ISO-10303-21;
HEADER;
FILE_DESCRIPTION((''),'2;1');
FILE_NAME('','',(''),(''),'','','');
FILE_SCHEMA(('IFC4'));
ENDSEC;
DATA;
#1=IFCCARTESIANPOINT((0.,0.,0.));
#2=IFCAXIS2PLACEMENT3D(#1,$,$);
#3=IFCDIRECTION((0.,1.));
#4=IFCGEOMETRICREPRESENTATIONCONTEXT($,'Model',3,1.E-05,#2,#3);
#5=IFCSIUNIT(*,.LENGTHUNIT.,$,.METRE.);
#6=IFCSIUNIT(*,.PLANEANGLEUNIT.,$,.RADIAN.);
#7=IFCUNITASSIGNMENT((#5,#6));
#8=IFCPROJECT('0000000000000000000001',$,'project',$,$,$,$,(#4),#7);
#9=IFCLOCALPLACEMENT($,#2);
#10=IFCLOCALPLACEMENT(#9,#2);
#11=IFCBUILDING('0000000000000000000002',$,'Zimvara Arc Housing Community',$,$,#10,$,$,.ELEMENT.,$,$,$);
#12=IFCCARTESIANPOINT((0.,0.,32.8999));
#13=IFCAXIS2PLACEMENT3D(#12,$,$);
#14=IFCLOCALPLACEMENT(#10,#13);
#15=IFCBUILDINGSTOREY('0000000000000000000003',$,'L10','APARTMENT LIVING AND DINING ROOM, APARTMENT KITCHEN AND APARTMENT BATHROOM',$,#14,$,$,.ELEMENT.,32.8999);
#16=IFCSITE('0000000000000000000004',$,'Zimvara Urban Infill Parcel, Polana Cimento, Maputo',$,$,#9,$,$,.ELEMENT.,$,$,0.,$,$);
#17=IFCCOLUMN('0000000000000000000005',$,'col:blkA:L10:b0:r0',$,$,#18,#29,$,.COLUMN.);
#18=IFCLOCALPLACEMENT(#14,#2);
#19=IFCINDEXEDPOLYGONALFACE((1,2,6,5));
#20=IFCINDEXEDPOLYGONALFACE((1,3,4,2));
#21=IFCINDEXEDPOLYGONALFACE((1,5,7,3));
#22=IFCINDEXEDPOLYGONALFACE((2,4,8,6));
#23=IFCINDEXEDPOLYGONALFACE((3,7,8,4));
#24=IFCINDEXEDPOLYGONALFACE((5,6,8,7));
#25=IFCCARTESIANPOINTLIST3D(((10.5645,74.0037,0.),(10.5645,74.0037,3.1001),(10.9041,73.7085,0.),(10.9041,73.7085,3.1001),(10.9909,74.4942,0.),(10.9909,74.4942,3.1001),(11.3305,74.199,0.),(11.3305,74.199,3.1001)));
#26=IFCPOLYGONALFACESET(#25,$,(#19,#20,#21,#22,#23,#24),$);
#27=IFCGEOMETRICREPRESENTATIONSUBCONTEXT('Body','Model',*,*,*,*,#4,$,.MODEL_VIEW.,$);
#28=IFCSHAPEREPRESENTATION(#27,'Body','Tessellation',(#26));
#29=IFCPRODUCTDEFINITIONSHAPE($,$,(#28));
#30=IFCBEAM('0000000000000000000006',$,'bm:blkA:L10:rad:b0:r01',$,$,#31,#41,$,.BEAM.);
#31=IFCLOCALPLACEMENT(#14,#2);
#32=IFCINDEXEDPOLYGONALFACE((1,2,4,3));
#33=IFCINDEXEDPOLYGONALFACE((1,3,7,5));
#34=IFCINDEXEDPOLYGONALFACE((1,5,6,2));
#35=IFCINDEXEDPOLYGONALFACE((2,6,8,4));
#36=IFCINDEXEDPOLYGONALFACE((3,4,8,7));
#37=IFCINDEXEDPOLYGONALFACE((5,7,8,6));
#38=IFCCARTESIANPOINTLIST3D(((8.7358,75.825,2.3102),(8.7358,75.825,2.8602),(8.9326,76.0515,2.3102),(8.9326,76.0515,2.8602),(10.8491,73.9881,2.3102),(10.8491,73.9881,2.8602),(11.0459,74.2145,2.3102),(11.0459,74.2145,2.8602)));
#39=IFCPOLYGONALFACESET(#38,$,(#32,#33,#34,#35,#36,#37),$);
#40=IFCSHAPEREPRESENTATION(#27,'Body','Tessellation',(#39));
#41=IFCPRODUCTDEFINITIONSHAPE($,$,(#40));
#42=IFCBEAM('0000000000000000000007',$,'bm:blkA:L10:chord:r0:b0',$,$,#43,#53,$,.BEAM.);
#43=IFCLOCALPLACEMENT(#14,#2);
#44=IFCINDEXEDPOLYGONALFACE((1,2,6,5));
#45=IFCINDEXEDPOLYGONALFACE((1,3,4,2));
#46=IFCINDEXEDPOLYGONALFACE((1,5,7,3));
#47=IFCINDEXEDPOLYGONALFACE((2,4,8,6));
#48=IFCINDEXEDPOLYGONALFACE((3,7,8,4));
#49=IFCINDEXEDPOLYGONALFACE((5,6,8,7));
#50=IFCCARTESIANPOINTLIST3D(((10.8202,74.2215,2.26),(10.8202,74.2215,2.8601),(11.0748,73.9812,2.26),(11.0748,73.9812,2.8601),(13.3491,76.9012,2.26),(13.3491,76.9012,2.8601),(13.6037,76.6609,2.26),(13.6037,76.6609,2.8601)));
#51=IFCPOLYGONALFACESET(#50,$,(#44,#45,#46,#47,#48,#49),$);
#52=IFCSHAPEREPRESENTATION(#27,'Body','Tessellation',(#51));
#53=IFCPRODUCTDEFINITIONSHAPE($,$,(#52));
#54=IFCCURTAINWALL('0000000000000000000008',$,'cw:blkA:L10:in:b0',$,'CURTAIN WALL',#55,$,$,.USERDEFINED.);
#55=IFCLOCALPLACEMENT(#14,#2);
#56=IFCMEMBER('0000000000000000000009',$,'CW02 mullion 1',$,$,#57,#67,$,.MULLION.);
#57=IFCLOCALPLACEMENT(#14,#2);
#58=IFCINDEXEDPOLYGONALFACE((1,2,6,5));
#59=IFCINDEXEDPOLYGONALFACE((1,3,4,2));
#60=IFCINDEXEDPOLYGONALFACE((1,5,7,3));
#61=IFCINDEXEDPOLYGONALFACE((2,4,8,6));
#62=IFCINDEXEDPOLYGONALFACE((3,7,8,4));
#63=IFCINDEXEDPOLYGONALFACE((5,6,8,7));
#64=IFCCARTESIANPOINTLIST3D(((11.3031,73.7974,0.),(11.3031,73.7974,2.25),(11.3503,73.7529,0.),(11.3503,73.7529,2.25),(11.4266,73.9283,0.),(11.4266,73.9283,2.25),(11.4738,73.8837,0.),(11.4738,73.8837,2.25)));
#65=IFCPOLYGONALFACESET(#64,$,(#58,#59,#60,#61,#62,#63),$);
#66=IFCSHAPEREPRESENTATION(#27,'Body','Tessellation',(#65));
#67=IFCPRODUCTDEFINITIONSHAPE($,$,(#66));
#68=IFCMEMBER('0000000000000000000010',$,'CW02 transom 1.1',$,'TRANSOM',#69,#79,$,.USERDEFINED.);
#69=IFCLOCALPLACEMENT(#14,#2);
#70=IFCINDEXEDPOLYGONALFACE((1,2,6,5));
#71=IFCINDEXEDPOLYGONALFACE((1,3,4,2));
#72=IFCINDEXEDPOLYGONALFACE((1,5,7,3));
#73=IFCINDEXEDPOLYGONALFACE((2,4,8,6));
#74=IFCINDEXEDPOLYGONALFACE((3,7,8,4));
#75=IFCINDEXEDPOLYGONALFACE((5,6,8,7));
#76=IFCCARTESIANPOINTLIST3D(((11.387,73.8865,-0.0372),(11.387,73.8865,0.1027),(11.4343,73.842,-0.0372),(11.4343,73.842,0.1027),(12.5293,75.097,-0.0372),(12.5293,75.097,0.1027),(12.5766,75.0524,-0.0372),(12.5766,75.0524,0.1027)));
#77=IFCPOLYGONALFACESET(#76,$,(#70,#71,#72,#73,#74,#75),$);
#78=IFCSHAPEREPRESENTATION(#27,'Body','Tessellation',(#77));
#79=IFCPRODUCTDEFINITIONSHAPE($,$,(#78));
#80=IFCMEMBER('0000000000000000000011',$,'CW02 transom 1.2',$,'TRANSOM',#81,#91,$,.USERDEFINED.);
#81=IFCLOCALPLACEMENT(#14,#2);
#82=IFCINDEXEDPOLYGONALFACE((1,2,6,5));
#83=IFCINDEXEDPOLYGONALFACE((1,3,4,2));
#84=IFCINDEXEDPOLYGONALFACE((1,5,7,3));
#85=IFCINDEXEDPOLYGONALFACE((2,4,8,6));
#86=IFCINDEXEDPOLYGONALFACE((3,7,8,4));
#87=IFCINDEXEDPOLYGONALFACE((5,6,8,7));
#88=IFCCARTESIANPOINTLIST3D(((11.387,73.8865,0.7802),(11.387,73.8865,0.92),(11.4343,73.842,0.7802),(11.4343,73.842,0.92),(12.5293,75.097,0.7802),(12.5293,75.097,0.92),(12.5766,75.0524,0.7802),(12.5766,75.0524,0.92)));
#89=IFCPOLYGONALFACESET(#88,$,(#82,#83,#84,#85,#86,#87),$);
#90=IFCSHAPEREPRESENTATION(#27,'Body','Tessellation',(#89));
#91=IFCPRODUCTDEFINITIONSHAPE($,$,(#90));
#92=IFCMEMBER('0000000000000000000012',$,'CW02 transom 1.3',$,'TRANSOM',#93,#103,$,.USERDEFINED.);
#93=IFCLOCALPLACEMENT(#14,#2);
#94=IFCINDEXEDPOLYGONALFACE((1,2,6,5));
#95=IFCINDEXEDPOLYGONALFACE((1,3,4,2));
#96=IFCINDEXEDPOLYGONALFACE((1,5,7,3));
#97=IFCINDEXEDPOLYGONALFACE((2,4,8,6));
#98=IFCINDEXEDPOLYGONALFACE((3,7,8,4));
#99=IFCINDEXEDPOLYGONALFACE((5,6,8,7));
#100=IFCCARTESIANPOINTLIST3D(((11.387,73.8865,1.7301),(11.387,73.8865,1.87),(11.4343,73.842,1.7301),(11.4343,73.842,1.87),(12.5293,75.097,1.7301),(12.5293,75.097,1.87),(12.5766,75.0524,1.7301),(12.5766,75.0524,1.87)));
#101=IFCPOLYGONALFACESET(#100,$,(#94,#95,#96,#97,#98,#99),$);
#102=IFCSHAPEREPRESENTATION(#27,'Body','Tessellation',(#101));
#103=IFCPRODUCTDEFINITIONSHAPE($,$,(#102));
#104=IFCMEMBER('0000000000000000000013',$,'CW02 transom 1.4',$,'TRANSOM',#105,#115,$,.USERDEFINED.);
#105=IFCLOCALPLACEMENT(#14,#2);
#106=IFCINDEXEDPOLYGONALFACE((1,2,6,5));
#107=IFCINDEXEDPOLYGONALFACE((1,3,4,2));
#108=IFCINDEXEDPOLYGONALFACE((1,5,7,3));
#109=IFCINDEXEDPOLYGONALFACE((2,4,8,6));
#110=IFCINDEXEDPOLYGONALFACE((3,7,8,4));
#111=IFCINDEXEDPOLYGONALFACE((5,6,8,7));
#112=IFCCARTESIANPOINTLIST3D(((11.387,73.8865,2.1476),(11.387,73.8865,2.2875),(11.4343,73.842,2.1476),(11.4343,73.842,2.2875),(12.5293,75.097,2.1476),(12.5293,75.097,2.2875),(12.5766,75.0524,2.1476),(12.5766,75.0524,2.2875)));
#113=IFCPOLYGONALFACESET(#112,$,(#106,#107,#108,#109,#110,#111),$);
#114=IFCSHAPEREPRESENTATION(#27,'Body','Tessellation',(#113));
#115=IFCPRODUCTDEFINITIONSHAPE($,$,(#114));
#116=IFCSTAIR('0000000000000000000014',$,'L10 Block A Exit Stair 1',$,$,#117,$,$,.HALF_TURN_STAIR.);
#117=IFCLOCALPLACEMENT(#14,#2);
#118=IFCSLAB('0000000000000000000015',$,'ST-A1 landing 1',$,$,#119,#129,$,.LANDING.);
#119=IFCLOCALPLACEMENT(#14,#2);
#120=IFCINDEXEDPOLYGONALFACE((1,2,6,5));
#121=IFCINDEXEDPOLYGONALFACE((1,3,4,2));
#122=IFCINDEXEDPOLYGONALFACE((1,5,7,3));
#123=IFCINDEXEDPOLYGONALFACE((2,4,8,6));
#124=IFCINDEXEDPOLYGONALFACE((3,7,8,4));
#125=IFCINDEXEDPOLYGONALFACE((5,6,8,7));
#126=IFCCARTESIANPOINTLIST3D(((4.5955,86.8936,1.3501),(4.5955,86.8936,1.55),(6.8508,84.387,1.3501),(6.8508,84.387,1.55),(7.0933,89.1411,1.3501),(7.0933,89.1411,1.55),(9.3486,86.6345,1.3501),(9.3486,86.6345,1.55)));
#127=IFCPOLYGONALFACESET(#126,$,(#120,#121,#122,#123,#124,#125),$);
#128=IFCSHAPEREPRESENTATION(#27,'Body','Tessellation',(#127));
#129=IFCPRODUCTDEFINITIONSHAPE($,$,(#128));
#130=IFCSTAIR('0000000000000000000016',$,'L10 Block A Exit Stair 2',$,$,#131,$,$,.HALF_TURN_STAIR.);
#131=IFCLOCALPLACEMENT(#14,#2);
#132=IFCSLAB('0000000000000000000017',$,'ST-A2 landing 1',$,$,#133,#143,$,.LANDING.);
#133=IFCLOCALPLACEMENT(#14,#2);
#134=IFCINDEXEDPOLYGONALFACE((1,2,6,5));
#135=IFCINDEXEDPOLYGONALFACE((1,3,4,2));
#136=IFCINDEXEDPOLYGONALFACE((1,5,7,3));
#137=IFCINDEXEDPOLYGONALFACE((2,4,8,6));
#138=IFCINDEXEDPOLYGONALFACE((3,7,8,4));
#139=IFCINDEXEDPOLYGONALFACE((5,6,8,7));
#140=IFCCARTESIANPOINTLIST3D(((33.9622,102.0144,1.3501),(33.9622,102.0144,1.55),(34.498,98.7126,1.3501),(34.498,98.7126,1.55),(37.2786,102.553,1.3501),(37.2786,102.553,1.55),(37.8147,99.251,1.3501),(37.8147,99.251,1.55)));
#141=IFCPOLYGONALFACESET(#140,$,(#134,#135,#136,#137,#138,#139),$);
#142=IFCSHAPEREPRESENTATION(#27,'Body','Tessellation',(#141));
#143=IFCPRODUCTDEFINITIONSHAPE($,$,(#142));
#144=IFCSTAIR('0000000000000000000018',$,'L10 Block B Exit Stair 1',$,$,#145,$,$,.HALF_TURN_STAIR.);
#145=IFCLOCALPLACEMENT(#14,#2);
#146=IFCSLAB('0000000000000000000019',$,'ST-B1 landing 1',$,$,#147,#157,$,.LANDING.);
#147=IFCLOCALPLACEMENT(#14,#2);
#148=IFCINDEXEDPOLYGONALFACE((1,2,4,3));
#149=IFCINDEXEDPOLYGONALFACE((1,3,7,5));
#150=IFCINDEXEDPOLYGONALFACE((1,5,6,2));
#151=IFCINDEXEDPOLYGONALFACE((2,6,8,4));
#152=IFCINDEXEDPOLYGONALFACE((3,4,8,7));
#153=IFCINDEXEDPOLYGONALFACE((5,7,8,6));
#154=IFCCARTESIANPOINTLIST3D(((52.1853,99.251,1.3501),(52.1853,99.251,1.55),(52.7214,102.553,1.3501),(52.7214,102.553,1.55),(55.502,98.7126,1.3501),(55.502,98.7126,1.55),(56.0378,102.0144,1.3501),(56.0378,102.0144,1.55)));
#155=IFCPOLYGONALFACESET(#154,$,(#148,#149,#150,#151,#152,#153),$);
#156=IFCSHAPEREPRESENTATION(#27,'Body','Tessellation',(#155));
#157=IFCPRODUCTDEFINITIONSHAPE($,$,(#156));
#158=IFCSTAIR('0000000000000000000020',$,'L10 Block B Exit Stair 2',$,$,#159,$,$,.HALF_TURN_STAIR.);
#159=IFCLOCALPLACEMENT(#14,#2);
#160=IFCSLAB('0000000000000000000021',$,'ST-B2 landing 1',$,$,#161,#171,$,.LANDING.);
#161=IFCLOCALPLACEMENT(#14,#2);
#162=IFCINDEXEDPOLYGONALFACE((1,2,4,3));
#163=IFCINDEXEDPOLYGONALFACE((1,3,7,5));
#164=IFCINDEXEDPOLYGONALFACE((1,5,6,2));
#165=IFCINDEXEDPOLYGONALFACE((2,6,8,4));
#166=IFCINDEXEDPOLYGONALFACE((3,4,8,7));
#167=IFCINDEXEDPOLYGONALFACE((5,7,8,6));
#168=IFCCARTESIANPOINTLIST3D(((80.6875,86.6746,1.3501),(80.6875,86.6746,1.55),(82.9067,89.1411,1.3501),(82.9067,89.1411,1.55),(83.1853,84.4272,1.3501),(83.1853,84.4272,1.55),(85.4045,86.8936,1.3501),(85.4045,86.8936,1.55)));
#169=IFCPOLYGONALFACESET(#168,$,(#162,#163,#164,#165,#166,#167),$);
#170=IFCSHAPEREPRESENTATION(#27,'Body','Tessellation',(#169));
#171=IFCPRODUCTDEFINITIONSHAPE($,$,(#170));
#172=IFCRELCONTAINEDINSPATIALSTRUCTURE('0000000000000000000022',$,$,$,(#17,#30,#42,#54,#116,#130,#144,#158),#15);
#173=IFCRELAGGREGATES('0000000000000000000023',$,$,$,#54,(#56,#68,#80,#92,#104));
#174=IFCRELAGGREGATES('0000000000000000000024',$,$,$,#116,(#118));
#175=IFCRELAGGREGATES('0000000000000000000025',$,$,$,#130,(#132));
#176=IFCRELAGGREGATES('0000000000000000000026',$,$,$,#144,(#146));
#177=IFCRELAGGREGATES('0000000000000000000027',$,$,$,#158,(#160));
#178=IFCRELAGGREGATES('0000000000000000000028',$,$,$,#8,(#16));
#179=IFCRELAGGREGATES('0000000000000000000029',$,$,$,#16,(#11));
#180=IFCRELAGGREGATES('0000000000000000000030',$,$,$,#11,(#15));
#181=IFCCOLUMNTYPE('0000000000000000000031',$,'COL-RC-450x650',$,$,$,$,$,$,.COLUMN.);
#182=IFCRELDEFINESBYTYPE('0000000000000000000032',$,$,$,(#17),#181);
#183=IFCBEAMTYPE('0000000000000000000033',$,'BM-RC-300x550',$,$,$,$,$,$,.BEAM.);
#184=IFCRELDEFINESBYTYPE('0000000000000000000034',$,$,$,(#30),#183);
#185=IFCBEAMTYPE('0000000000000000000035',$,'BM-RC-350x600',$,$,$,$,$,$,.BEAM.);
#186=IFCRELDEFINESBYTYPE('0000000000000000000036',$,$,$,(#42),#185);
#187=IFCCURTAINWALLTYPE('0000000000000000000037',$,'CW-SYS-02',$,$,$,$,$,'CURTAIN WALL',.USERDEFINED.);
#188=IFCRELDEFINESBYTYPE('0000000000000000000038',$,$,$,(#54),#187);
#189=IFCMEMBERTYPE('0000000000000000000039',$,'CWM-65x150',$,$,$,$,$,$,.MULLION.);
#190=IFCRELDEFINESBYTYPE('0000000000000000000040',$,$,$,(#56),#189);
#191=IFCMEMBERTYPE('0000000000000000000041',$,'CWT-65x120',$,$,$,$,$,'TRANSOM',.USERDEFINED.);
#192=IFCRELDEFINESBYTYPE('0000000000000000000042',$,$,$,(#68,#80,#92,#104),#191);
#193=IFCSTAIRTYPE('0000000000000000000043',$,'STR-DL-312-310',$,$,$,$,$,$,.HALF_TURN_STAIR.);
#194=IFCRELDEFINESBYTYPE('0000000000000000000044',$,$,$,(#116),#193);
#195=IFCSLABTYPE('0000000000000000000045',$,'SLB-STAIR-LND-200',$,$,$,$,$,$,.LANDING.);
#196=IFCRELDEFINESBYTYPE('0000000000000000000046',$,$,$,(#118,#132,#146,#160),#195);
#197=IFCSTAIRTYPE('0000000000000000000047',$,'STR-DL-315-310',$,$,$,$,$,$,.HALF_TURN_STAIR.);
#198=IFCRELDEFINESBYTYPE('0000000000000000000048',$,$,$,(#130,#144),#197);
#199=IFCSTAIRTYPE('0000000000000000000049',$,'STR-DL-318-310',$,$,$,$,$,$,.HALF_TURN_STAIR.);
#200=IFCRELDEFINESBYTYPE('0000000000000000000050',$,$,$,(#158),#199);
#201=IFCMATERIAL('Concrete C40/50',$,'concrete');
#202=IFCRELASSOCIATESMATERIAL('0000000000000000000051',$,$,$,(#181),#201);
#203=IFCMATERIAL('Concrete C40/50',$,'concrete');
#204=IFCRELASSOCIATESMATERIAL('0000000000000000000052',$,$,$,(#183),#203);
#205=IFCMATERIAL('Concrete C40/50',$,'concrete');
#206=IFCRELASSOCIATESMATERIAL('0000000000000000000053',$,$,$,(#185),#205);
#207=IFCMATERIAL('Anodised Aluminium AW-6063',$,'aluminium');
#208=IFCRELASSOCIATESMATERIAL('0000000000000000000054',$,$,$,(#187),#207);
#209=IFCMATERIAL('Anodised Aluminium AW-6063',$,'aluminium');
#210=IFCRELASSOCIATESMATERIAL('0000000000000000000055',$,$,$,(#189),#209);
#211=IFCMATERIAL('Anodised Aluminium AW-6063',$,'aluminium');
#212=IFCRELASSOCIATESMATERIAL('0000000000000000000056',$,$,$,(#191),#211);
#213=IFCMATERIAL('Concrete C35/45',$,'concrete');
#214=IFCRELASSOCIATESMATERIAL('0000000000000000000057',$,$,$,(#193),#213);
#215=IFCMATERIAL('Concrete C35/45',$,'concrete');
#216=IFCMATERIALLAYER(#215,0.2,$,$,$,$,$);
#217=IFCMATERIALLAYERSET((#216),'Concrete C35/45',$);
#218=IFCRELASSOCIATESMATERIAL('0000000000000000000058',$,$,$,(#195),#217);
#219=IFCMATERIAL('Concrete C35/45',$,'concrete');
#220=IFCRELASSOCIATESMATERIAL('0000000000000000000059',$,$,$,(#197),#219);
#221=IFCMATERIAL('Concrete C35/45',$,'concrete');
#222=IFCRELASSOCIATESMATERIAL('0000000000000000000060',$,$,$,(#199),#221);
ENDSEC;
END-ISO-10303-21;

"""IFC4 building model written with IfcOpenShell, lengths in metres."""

from ifc_helpers import new_model, si_unit, direction, frame, origin, origin_2d, place, context, subcontext, project, spatial, polyline, rectangle, outline, extrude, material, layer, layer_set, material_profile, profile_set, type_object, element, aggregate, save


model = new_model("IFC4")

# Units and contexts
model_context = context("Model", 3, precision=1e-05, world=origin(), true_north=direction((0.0, 1.0)))
body_context = subcontext(model_context, "Body", "Model", "MODEL_VIEW")
ifc_project = project(units=[si_unit("LENGTHUNIT", "METRE"), si_unit("PLANEANGLEUNIT", "RADIAN")], contexts=[model_context])

# Site, building, storey
site_placement = place(None, origin())
site = spatial("IfcSite", under=ifc_project, at=site_placement, Name="Zimvara Urban Infill Parcel, Polana Cimento, Maputo", CompositionType="ELEMENT", RefElevation=0.0)
building_placement = place(site_placement, origin())
building = spatial("IfcBuilding", under=site, at=building_placement, Name="Zimvara Arc Housing Community", CompositionType="ELEMENT")
storey_placement = place(building_placement, frame((0.0, 0.0, 32.8999)))
storey = spatial("IfcBuildingStorey", under=building, at=storey_placement, Name="L10", Description="APARTMENT LIVING AND DINING ROOM, APARTMENT KITCHEN AND APARTMENT BATHROOM", CompositionType="ELEMENT", Elevation=32.8999)

# Column
ifc_material_1 = material(Name="Concrete C40/50", Category="concrete")
ifc_material_profile_1 = material_profile(ifc_material_1, rectangle(XDim=0.45, YDim=0.6499, at=origin_2d()), Name="RC 450x650")
ifc_profile_set_1 = profile_set([ifc_material_profile_1], Name="Concrete C40/50")
column_type = type_object("IfcColumnType", Name="COL-RC-450x650", PredefinedType="COLUMN", material=ifc_profile_set_1)
column_placement = place(storey_placement, frame((10.9475, 74.1013, 0.0), z_axis=(0.0, 0.0, 1.0), x_axis=(-0.75471, 0.656059, 0.0)))
element("IfcColumn", 1, at=column_placement, inside=storey, type_object=column_type, Name="col:blkA:L10:b0:r0", PredefinedType="COLUMN", context=body_context, shape_type="SweptSolid", body=[
    extrude(rectangle(XDim=0.45, YDim=0.6499, at=origin_2d()), origin(), (0.0, 0.0, 1.0), 3.1001),
])

# Beams
ifc_material_2 = material(Name="Concrete C40/50", Category="concrete")
ifc_material_profile_2 = material_profile(ifc_material_2, rectangle(XDim=0.3, YDim=0.55, at=origin_2d()), Name="RC 300x550")
ifc_profile_set_2 = profile_set([ifc_material_profile_2], Name="Concrete C40/50")
beam_type_1 = type_object("IfcBeamType", Name="BM-RC-300x550", PredefinedType="BEAM", material=ifc_profile_set_2)
beam_1_placement = place(storey_placement, frame((10.9475, 74.1013, 2.5852), z_axis=(-0.754733, 0.656032, 0.0), x_axis=(-0.656032, -0.754733, 0.0)))
element("IfcBeam", 2, at=beam_1_placement, inside=storey, type_object=beam_type_1, Name="bm:blkA:L10:rad:b0:r01", PredefinedType="BEAM", context=body_context, shape_type="SweptSolid", body=[
    extrude(rectangle(XDim=0.3, YDim=0.55, at=origin_2d()), origin(), (0.0, 0.0, 1.0), 2.8),
])
ifc_material_3 = material(Name="Concrete C40/50", Category="concrete")
ifc_material_profile_3 = material_profile(ifc_material_3, rectangle(XDim=0.3501, YDim=0.6001, at=origin_2d()), Name="RC 350x600")
ifc_profile_set_3 = profile_set([ifc_material_profile_3], Name="Concrete C40/50")
beam_type_2 = type_object("IfcBeamType", Name="BM-RC-350x600", PredefinedType="BEAM", material=ifc_profile_set_3)
beam_2_placement = place(storey_placement, frame((10.9475, 74.1013, 2.5601), z_axis=(0.686336, 0.727285, 0.0), x_axis=(-0.727285, 0.686336, 0.0)))
element("IfcBeam", 3, at=beam_2_placement, inside=storey, type_object=beam_type_2, Name="bm:blkA:L10:chord:r0:b0", PredefinedType="BEAM", context=body_context, shape_type="SweptSolid", body=[
    extrude(rectangle(XDim=0.3501, YDim=0.6001, at=origin_2d()), origin(), (0.0, 0.0, 1.0), 3.6846),
])

# Curtain wall, members
ifc_material_4 = material(Name="Anodised Aluminium AW-6063", Category="aluminium")
curtain_wall_type = type_object("IfcCurtainWallType", Name="CW-SYS-02", ElementType="CURTAIN WALL", PredefinedType="USERDEFINED", material=ifc_material_4)
curtain_wall_placement = place(storey_placement, origin())
curtain_wall = element("IfcCurtainWall", 4, at=curtain_wall_placement, inside=storey, type_object=curtain_wall_type, Name="cw:blkA:L10:in:b0", ObjectType="CURTAIN WALL", PredefinedType="USERDEFINED")
ifc_material_5 = material(Name="Anodised Aluminium AW-6063", Category="aluminium")
ifc_material_profile_4 = material_profile(ifc_material_5, rectangle(XDim=0.0649, YDim=0.1799, at=origin_2d()), Name="ALU 65x180")
ifc_profile_set_4 = profile_set([ifc_material_profile_4], Name="Anodised Aluminium AW-6063")
member_type_1 = type_object("IfcMemberType", Name="CWM-65x150", PredefinedType="MULLION", material=ifc_profile_set_4)
member_1_placement = place(storey_placement, frame((11.3884, 73.8406, 0.0), z_axis=(0.0, 0.0, 1.0), x_axis=(-0.727293, 0.686327, 0.0)))
member_1 = element("IfcMember", 5, at=member_1_placement, type_object=member_type_1, Name="CW02 mullion 1", PredefinedType="MULLION", context=body_context, shape_type="SweptSolid", body=[
    extrude(rectangle(XDim=0.0649, YDim=0.1799, at=origin_2d()), origin(), (0.0, 0.0, 1.0), 2.25),
])
ifc_material_6 = material(Name="Anodised Aluminium AW-6063", Category="aluminium")
ifc_material_profile_5 = material_profile(ifc_material_6, rectangle(XDim=0.0649, YDim=0.1399, at=origin_2d()), Name="ALU 65x140")
ifc_profile_set_5 = profile_set([ifc_material_profile_5], Name="Anodised Aluminium AW-6063")
member_type_2 = type_object("IfcMemberType", Name="CWT-65x120", ElementType="TRANSOM", PredefinedType="USERDEFINED", material=ifc_profile_set_5)
member_2_placement = place(storey_placement, frame((11.4106, 73.8643, 0.0327), z_axis=(0.686348, 0.727273, 0.0), x_axis=(-0.727273, 0.686348, 0.0)))
member_2 = element("IfcMember", 6, at=member_2_placement, type_object=member_type_2, Name="CW02 transom 1.1", ObjectType="TRANSOM", PredefinedType="USERDEFINED", context=body_context, shape_type="SweptSolid", body=[
    extrude(rectangle(XDim=0.0649, YDim=0.1399, at=origin_2d()), origin(), (0.0, 0.0, 1.0), 1.6643),
])
member_3_placement = place(storey_placement, frame((11.4106, 73.8643, 0.8501), z_axis=(0.686348, 0.727273, 0.0), x_axis=(-0.727273, 0.686348, 0.0)))
member_3 = element("IfcMember", 7, at=member_3_placement, type_object=member_type_2, Name="CW02 transom 1.2", ObjectType="TRANSOM", PredefinedType="USERDEFINED", context=body_context, shape_type="SweptSolid", body=[
    extrude(rectangle(XDim=0.0649, YDim=0.1399, at=origin_2d()), origin(), (0.0, 0.0, 1.0), 1.6643),
])
member_4_placement = place(storey_placement, frame((11.4106, 73.8643, 1.8), z_axis=(0.686348, 0.727273, 0.0), x_axis=(-0.727273, 0.686348, 0.0)))
member_4 = element("IfcMember", 8, at=member_4_placement, type_object=member_type_2, Name="CW02 transom 1.3", ObjectType="TRANSOM", PredefinedType="USERDEFINED", context=body_context, shape_type="SweptSolid", body=[
    extrude(rectangle(XDim=0.0649, YDim=0.1399, at=origin_2d()), origin(), (0.0, 0.0, 1.0), 1.6643),
])
member_5_placement = place(storey_placement, frame((11.4106, 73.8643, 2.2175), z_axis=(0.686348, 0.727273, 0.0), x_axis=(-0.727273, 0.686348, 0.0)))
member_5 = element("IfcMember", 9, at=member_5_placement, type_object=member_type_2, Name="CW02 transom 1.4", ObjectType="TRANSOM", PredefinedType="USERDEFINED", context=body_context, shape_type="SweptSolid", body=[
    extrude(rectangle(XDim=0.0649, YDim=0.1399, at=origin_2d()), origin(), (0.0, 0.0, 1.0), 1.6643),
])
aggregate(curtain_wall, [member_1, member_2, member_3, member_4, member_5])

# Stairs, slabs
ifc_material_7 = material(Name="Concrete C35/45", Category="concrete")
stair_type_1 = type_object("IfcStairType", Name="STR-DL-312-310", PredefinedType="HALF_TURN_STAIR", material=ifc_material_7)
stair_1_placement = place(storey_placement, origin())
stair_1 = element("IfcStair", 10, at=stair_1_placement, inside=storey, type_object=stair_type_1, Name="L10 Block A Exit Stair 1", PredefinedType="HALF_TURN_STAIR")
ifc_material_8 = material(Name="Concrete C35/45", Category="concrete")
ifc_layer_1 = layer(ifc_material_8, 0.2)
ifc_layer_set_1 = layer_set([ifc_layer_1], Name="Concrete C35/45")
slab_type = type_object("IfcSlabType", Name="SLB-STAIR-LND-200", PredefinedType="LANDING", material=ifc_layer_set_1)
slab_1_placement = place(storey_placement, frame((0.0, 0.0, 1.3501)))
slab_1 = element("IfcSlab", 11, at=slab_1_placement, type_object=slab_type, Name="ST-A1 landing 1", PredefinedType="LANDING", context=body_context, shape_type="SweptSolid", body=[
    extrude(outline(polyline([(9.3486, 86.6345), (7.0933, 89.1411), (4.5955, 86.8936), (6.8508, 84.387), (9.3486, 86.6345)])), origin(), (0.0, 0.0, 1.0), 0.2),
])
aggregate(stair_1, [slab_1])
ifc_material_9 = material(Name="Concrete C35/45", Category="concrete")
stair_type_2 = type_object("IfcStairType", Name="STR-DL-315-310", PredefinedType="HALF_TURN_STAIR", material=ifc_material_9)
stair_2_placement = place(storey_placement, origin())
stair_2 = element("IfcStair", 12, at=stair_2_placement, inside=storey, type_object=stair_type_2, Name="L10 Block A Exit Stair 2", PredefinedType="HALF_TURN_STAIR")
slab_2_placement = place(storey_placement, frame((0.0, 0.0, 1.3501)))
slab_2 = element("IfcSlab", 13, at=slab_2_placement, type_object=slab_type, Name="ST-A2 landing 1", PredefinedType="LANDING", context=body_context, shape_type="SweptSolid", body=[
    extrude(outline(polyline([(37.8147, 99.251), (37.2786, 102.553), (33.9622, 102.0144), (34.498, 98.7126), (37.8147, 99.251)])), origin(), (0.0, 0.0, 1.0), 0.2),
])
aggregate(stair_2, [slab_2])
stair_3_placement = place(storey_placement, origin())
stair_3 = element("IfcStair", 14, at=stair_3_placement, inside=storey, type_object=stair_type_2, Name="L10 Block B Exit Stair 1", PredefinedType="HALF_TURN_STAIR")
slab_3_placement = place(storey_placement, frame((0.0, 0.0, 1.3501)))
slab_3 = element("IfcSlab", 15, at=slab_3_placement, type_object=slab_type, Name="ST-B1 landing 1", PredefinedType="LANDING", context=body_context, shape_type="SweptSolid", body=[
    extrude(outline(polyline([(55.502, 98.7126), (56.0378, 102.0144), (52.7214, 102.553), (52.1853, 99.251), (55.502, 98.7126)])), origin(), (0.0, 0.0, 1.0), 0.2),
])
aggregate(stair_3, [slab_3])
ifc_material_10 = material(Name="Concrete C35/45", Category="concrete")
stair_type_3 = type_object("IfcStairType", Name="STR-DL-318-310", PredefinedType="HALF_TURN_STAIR", material=ifc_material_10)
stair_4_placement = place(storey_placement, origin())
stair_4 = element("IfcStair", 16, at=stair_4_placement, inside=storey, type_object=stair_type_3, Name="L10 Block B Exit Stair 2", PredefinedType="HALF_TURN_STAIR")
slab_4_placement = place(storey_placement, frame((0.0, 0.0, 1.3501)))
slab_4 = element("IfcSlab", 17, at=slab_4_placement, type_object=slab_type, Name="ST-B2 landing 1", PredefinedType="LANDING", context=body_context, shape_type="SweptSolid", body=[
    extrude(outline(polyline([(83.1853, 84.4272), (85.4045, 86.8936), (82.9067, 89.1411), (80.6875, 86.6746), (83.1853, 84.4272)])), origin(), (0.0, 0.0, 1.0), 0.2),
])
aggregate(stair_4, [slab_4])

save(model, "model.ifc")
